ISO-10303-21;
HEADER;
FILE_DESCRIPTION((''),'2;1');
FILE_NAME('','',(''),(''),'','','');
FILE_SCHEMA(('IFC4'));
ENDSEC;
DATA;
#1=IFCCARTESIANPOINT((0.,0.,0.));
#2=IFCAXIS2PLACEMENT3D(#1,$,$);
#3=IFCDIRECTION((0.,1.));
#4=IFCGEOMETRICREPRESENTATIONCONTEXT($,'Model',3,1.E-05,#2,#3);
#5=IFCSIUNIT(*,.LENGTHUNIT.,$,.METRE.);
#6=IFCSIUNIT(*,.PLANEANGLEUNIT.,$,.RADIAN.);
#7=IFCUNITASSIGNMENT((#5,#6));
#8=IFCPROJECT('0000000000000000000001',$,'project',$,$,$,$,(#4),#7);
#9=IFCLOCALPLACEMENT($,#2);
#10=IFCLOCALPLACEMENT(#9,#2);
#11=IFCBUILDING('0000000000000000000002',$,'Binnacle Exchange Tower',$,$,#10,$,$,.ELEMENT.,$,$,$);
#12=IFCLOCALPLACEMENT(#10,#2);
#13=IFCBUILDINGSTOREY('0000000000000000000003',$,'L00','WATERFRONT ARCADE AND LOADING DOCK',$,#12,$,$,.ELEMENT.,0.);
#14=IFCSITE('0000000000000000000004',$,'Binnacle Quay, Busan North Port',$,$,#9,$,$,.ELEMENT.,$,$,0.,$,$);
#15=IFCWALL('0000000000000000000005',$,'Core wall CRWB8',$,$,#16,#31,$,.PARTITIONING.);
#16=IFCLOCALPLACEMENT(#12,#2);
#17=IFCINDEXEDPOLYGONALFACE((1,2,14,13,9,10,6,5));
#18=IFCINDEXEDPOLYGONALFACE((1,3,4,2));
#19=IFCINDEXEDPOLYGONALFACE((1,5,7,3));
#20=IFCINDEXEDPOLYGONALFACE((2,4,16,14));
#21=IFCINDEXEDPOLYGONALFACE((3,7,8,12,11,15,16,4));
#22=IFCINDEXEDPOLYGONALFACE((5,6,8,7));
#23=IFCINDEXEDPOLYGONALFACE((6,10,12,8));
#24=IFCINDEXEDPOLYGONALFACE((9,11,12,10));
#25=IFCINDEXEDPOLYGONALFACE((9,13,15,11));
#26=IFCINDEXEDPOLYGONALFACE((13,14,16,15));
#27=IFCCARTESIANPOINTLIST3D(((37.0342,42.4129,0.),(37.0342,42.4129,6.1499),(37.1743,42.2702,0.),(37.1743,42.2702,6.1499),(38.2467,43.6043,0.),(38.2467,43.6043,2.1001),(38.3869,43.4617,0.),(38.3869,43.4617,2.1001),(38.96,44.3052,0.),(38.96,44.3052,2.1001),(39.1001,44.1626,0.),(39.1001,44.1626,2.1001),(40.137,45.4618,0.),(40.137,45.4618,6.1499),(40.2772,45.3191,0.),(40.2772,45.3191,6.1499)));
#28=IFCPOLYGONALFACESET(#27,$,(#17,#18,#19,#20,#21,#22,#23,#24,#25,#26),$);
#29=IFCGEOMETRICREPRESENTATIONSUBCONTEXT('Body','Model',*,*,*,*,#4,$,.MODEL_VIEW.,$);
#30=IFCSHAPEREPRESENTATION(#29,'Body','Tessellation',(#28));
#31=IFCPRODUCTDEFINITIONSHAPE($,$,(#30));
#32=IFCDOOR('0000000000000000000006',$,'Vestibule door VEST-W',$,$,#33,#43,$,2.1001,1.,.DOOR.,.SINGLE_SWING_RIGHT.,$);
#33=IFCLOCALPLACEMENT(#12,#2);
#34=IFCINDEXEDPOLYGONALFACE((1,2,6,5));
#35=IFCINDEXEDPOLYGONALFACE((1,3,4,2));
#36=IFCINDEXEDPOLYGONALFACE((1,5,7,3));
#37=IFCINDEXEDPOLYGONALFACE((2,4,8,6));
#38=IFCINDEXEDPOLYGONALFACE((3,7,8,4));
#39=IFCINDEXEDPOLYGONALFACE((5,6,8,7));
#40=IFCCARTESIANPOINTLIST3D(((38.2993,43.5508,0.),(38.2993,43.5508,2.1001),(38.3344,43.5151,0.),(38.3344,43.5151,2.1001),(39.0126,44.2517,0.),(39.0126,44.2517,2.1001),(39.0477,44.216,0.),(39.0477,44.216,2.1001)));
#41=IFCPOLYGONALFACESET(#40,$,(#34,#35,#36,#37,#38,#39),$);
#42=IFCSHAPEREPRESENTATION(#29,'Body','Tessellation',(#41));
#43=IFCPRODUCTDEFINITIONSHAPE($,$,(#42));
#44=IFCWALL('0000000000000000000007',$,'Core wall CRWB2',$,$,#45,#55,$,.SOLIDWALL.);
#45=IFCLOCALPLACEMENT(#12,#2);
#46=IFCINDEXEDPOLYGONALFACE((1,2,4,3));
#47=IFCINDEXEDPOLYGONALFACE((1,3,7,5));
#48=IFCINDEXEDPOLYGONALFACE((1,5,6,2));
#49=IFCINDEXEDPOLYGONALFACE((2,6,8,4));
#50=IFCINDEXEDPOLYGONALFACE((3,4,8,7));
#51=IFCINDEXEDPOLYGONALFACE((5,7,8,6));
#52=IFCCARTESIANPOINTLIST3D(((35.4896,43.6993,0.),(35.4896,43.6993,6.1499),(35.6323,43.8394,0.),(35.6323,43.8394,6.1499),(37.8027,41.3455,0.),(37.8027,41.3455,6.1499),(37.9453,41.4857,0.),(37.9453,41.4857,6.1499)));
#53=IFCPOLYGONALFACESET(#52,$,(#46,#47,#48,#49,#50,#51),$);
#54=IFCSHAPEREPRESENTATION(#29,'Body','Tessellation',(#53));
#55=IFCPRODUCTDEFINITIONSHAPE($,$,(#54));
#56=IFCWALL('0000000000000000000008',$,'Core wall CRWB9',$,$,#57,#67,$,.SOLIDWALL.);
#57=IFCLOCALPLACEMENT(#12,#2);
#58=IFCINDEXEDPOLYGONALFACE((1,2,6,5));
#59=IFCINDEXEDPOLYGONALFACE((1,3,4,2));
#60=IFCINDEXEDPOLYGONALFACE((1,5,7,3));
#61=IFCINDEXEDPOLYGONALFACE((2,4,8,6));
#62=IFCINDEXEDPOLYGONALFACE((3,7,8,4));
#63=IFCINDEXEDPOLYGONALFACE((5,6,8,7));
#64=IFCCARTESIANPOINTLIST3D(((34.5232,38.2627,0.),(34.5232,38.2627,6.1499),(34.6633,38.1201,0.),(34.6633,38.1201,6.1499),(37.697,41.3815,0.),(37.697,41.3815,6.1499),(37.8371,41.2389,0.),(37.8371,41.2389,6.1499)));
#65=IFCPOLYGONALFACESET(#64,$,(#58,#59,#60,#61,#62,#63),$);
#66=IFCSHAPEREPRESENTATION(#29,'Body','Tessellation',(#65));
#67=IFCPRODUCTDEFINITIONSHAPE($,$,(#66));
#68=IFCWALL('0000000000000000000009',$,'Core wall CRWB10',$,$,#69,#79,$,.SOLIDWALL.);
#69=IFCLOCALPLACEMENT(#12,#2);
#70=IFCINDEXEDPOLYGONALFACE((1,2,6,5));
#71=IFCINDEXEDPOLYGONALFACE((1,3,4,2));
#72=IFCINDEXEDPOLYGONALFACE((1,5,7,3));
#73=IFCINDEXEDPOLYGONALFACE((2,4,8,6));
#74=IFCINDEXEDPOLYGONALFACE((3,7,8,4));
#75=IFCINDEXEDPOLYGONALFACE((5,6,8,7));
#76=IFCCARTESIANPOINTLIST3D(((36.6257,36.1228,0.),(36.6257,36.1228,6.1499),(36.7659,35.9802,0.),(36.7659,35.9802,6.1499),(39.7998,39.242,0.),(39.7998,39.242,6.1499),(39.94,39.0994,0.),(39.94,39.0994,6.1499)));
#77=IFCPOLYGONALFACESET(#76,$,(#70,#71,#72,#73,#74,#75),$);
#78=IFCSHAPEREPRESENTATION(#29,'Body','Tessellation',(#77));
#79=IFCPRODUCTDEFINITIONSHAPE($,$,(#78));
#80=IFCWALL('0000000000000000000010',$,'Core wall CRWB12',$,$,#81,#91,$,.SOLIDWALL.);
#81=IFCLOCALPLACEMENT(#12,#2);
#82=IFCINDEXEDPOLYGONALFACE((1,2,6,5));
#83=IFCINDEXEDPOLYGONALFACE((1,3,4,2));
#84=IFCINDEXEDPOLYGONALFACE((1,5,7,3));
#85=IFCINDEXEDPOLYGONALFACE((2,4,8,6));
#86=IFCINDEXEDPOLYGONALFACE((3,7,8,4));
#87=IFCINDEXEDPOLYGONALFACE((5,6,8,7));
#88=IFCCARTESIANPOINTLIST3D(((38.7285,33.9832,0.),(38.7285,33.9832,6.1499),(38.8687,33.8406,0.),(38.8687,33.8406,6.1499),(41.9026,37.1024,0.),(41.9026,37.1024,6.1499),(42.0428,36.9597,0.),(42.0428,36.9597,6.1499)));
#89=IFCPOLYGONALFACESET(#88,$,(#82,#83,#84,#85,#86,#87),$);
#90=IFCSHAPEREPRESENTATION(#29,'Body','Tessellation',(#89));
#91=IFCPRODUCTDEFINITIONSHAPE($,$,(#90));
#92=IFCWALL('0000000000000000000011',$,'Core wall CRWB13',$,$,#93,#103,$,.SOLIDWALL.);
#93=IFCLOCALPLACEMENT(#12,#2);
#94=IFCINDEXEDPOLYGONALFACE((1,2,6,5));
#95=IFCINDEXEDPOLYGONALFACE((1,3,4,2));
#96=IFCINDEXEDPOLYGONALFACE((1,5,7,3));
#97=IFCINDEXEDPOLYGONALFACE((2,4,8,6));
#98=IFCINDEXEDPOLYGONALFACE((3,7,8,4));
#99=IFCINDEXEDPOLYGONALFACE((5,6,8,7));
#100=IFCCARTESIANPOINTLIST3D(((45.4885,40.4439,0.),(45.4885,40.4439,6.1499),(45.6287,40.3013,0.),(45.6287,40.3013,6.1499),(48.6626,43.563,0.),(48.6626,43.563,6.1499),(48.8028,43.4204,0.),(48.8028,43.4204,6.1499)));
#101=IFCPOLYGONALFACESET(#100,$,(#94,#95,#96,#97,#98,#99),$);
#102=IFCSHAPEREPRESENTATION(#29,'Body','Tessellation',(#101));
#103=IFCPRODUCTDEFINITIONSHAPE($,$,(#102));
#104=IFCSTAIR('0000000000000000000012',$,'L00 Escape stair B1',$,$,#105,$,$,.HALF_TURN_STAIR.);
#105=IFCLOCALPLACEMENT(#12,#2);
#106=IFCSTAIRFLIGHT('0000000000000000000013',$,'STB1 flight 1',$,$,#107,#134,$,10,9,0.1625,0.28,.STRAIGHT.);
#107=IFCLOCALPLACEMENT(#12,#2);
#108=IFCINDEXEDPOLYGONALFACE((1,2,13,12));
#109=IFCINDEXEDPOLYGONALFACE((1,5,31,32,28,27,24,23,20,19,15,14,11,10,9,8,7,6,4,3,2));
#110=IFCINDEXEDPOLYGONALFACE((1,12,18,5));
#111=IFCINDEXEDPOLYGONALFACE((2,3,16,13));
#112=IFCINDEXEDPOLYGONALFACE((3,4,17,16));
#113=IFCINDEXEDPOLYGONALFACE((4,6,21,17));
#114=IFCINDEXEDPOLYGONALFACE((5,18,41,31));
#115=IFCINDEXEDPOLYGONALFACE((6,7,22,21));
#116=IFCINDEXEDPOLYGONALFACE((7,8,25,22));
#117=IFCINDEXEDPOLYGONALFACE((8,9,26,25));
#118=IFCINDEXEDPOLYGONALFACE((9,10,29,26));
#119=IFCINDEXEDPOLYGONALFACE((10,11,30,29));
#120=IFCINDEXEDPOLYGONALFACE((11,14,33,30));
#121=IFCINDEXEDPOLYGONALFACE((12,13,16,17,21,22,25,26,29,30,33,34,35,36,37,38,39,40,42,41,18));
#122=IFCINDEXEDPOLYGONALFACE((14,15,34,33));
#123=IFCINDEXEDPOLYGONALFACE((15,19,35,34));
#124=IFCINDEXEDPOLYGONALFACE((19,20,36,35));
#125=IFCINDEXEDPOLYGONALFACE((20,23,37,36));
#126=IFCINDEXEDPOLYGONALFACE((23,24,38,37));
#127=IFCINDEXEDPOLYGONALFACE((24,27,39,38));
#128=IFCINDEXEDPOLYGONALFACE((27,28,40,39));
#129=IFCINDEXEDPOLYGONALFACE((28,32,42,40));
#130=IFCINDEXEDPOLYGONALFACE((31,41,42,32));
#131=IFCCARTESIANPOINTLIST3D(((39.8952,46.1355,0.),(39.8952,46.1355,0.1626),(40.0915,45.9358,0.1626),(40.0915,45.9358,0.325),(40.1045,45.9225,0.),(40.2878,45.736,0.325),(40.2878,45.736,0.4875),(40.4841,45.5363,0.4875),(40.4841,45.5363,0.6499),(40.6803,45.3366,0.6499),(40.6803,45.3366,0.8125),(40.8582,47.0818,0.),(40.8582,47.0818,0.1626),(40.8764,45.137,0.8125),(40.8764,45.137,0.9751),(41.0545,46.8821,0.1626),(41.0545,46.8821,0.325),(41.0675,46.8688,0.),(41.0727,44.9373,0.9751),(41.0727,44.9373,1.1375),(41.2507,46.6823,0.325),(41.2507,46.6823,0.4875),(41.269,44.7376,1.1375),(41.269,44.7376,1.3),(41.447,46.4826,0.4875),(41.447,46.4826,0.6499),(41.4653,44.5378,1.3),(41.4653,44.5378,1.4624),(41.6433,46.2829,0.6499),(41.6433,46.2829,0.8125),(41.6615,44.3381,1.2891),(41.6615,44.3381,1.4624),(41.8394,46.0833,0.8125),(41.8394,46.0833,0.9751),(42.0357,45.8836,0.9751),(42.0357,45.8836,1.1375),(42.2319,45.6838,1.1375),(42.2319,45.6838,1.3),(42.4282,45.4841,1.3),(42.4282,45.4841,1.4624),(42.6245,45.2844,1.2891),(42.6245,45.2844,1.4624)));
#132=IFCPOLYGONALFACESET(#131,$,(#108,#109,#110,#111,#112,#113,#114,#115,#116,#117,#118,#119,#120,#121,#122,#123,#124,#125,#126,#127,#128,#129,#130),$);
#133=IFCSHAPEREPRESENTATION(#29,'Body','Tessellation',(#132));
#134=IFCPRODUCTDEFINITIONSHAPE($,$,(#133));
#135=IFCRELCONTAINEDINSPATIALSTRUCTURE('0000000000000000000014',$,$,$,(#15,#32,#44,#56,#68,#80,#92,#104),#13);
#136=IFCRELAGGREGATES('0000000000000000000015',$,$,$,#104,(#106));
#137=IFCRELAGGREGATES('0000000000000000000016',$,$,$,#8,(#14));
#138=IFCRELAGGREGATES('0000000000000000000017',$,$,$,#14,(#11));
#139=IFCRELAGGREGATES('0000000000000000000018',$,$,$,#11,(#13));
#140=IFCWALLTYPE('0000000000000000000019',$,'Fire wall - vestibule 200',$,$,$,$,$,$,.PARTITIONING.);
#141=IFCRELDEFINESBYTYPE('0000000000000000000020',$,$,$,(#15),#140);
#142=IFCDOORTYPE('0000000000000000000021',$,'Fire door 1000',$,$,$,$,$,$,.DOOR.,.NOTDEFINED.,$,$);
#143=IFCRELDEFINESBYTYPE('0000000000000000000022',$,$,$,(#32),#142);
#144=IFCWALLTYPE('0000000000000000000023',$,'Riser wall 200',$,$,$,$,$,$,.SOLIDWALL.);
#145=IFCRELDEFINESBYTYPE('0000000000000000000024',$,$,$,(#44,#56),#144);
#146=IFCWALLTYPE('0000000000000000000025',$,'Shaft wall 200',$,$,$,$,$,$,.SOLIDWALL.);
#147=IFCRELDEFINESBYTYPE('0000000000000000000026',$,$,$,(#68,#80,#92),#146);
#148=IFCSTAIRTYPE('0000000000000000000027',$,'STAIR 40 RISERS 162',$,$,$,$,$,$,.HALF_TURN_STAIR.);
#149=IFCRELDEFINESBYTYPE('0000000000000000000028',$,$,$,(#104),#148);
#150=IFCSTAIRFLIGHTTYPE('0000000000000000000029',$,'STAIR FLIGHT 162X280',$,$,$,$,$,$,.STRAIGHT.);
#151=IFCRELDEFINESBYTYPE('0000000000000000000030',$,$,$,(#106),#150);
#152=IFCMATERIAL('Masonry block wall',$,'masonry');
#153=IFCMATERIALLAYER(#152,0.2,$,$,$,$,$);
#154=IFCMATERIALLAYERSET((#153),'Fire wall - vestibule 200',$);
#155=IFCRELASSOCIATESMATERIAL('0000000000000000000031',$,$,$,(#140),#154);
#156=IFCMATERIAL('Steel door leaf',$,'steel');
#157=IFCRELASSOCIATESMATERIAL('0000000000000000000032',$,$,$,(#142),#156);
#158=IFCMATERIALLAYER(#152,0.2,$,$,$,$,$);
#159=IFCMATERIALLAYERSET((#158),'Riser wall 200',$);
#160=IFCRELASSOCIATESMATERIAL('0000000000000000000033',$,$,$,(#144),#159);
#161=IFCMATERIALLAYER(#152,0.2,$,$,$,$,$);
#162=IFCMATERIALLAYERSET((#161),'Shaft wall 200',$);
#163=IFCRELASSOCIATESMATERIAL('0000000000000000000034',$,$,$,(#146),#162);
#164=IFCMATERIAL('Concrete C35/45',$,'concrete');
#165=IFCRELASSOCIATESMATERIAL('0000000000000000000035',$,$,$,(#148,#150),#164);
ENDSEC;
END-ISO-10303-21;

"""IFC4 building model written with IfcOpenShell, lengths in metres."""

from ifc_helpers import new_model, si_unit, direction, frame, frame_2d, origin, place, context, subcontext, project, spatial, polyline, rectangle, outline, extrude, material, layer, layer_set, type_object, element, fill, aggregate, save


model = new_model("IFC4")

# Units and contexts
model_context = context("Model", 3, precision=1e-05, world=origin(), true_north=direction((0.0, 1.0)))
body_context = subcontext(model_context, "Body", "Model", "MODEL_VIEW")
ifc_project = project(units=[si_unit("LENGTHUNIT", "METRE"), si_unit("PLANEANGLEUNIT", "RADIAN")], contexts=[model_context])

# Site, building, storey
site_placement = place(None, origin())
site = spatial("IfcSite", under=ifc_project, at=site_placement, Name="Binnacle Quay, Busan North Port", CompositionType="ELEMENT", RefElevation=0.0)
building_placement = place(site_placement, origin())
building = spatial("IfcBuilding", under=site, at=building_placement, Name="Binnacle Exchange Tower", CompositionType="ELEMENT")
storey_placement = place(building_placement, origin())
storey = spatial("IfcBuildingStorey", under=building, at=storey_placement, Name="L00", Description="WATERFRONT ARCADE AND LOADING DOCK", CompositionType="ELEMENT", Elevation=0.0)

# Shared definitions
ifc_material_1 = material(Name="Steel door leaf", Category="steel")

# Wall, opening, door
ifc_material_2 = material(Name="Masonry block wall", Category="masonry")
ifc_layer_1 = layer(ifc_material_2, 0.2)
ifc_layer_set_1 = layer_set([ifc_layer_1], Name="Fire wall - vestibule 200")
wall_type_1 = type_object("IfcWallType", Name="Fire wall - vestibule 200", PredefinedType="PARTITIONING", material=ifc_layer_set_1)
wall_1_placement = place(storey_placement, frame((37.1042, 42.3416, 0.0), z_axis=(0.0, 0.0, 1.0), x_axis=(0.713281, 0.700878, 0.0)))
wall_1 = element("IfcWall", 1, at=wall_1_placement, inside=storey, type_object=wall_type_1, Name="Core wall CRWB8", PredefinedType="PARTITIONING", context=body_context, shape_type="SweptSolid", body=[
    extrude(rectangle(XDim=4.3501, YDim=0.2, at=frame_2d((2.175, 0.0))), origin(), (0.0, 0.0, 1.0), 6.1499),
])
opening_1_placement = place(wall_1_placement, frame((1.7, 0.0, 0.0)))
opening_1 = element("IfcOpeningElement", 2, at=opening_1_placement, cuts=wall_1, PredefinedType="OPENING", context=body_context, shape_type="SweptSolid", body=[
    extrude(rectangle(XDim=1.0, YDim=2.1001, at=frame_2d((0.5, 1.05))), frame((0.0, 0.1099, 0.0), z_axis=(0.0, -1.0, 0.0), x_axis=(1.0, 0.0, 0.0)), (0.0, 0.0, 1.0), 0.22),
])
door_type_1 = type_object("IfcDoorType", Name="Fire door 1000", OperationType="NOTDEFINED", PredefinedType="DOOR", material=ifc_material_1)
door_1_placement = place(opening_1_placement, origin())
door_1 = element("IfcDoor", 3, at=door_1_placement, inside=storey, type_object=door_type_1, Name="Vestibule door VEST-W", OperationType="SINGLE_SWING_RIGHT", OverallHeight=2.1001, OverallWidth=1.0, PredefinedType="DOOR", context=body_context, shape_type="SweptSolid", body=[
    extrude(rectangle(XDim=1.0, YDim=2.1001, at=frame_2d((0.5, 1.05))), frame((0.0, 0.0249, 0.0), z_axis=(0.0, -1.0, 0.0), x_axis=(1.0, 0.0, 0.0)), (0.0, 0.0, 1.0), 0.05),
])
fill(opening_1, door_1)

# Walls
ifc_layer_2 = layer(ifc_material_2, 0.2)
ifc_layer_set_2 = layer_set([ifc_layer_2], Name="Riser wall 200")
wall_type_2 = type_object("IfcWallType", Name="Riser wall 200", PredefinedType="SOLIDWALL", material=ifc_layer_set_2)
wall_2_placement = place(storey_placement, frame((35.561, 43.7693, 0.0), z_axis=(0.0, 0.0, 1.0), x_axis=(0.700902, -0.713257, 0.0)))
element("IfcWall", 4, at=wall_2_placement, inside=storey, type_object=wall_type_2, Name="Core wall CRWB2", PredefinedType="SOLIDWALL", context=body_context, shape_type="SweptSolid", body=[
    extrude(rectangle(XDim=3.3, YDim=0.2, at=frame_2d((1.6499, 0.0))), origin(), (0.0, 0.0, 1.0), 6.1499),
])
wall_3_placement = place(storey_placement, frame((34.5933, 38.1914, 0.0), z_axis=(0.0, 0.0, 1.0), x_axis=(0.713252, 0.700907, 0.0)))
element("IfcWall", 5, at=wall_3_placement, inside=storey, type_object=wall_type_2, Name="Core wall CRWB9", PredefinedType="SOLIDWALL", context=body_context, shape_type="SweptSolid", body=[
    extrude(rectangle(XDim=4.4497, YDim=0.2, at=frame_2d((2.2249, 0.0))), origin(), (0.0, 0.0, 1.0), 6.1499),
])
ifc_layer_3 = layer(ifc_material_2, 0.2)
ifc_layer_set_3 = layer_set([ifc_layer_3], Name="Shaft wall 200")
wall_type_3 = type_object("IfcWallType", Name="Shaft wall 200", PredefinedType="SOLIDWALL", material=ifc_layer_set_3)
for number, where, z_axis, x_axis, name in (
    (6, (36.6958, 36.0515, 0.0), (0.0, 0.0, 1.0), (0.713252, 0.700908, 0.0), "Core wall CRWB10"),
    (7, (38.7986, 33.9119, 0.0), (0.0, 0.0, 1.0), (0.713252, 0.700908, 0.0), "Core wall CRWB12"),
    (8, (45.5586, 40.3726, 0.0), (0.0, 0.0, 1.0), (0.713252, 0.700908, 0.0), "Core wall CRWB13"),
):
    element("IfcWall", number, at=place(storey_placement, frame(where, z_axis=z_axis, x_axis=x_axis)), inside=storey, type_object=wall_type_3, Name=name, PredefinedType="SOLIDWALL", context=body_context, shape_type="SweptSolid", body=[
        extrude(rectangle(XDim=4.4502, YDim=0.2, at=frame_2d((2.2251, 0.0))), origin(), (0.0, 0.0, 1.0), 6.1499),
    ])

# Stair, stair flight
ifc_material_3 = material(Name="Concrete C35/45", Category="concrete")
stair_type = type_object("IfcStairType", Name="STAIR 40 RISERS 162", PredefinedType="HALF_TURN_STAIR", material=ifc_material_3)
stair_placement = place(storey_placement, origin())
stair = element("IfcStair", 9, at=stair_placement, inside=storey, type_object=stair_type, Name="L00 Escape stair B1", PredefinedType="HALF_TURN_STAIR")
stair_flight_type = type_object("IfcStairFlightType", Name="STAIR FLIGHT 162X280", PredefinedType="STRAIGHT", material=ifc_material_3)
stair_flight_placement = place(storey_placement, frame((40.3767, 46.6086, 0.0), z_axis=(0.0, 0.0, 1.0), x_axis=(0.700909, -0.71325, 0.0)))
stair_flight = element("IfcStairFlight", 10, at=stair_flight_placement, type_object=stair_flight_type, Name="STB1 flight 1", NumberOfRisers=10, NumberOfTreads=9, PredefinedType="STRAIGHT", RiserHeight=0.1625, TreadLength=0.28, context=body_context, shape_type="SweptSolid", body=[
    extrude(outline(polyline([(0.0, 0.0), (0.0, 0.1626), (0.28, 0.1626), (0.28, 0.325), (0.5601, 0.325), (0.5601, 0.4875), (0.8401, 0.4875), (0.8401, 0.6499), (1.1201, 0.6499), (1.1201, 0.8125), (1.3999, 0.8125), (1.3999, 0.9751), (1.6799, 0.9751), (1.6799, 1.1375), (1.96, 1.1375), (1.96, 1.3), (2.24, 1.3), (2.24, 1.4624), (2.52, 1.4624), (2.52, 1.625), (2.52, 1.2891), (0.2986, 0.0), (0.0, 0.0)])), frame((0.0, 0.675, 0.0), z_axis=(0.0, -1.0, 0.0), x_axis=(1.0, 0.0, 0.0)), (0.0, 0.0, 1.0), 1.3501),
])
aggregate(stair, [stair_flight])

save(model, "model.ifc")
